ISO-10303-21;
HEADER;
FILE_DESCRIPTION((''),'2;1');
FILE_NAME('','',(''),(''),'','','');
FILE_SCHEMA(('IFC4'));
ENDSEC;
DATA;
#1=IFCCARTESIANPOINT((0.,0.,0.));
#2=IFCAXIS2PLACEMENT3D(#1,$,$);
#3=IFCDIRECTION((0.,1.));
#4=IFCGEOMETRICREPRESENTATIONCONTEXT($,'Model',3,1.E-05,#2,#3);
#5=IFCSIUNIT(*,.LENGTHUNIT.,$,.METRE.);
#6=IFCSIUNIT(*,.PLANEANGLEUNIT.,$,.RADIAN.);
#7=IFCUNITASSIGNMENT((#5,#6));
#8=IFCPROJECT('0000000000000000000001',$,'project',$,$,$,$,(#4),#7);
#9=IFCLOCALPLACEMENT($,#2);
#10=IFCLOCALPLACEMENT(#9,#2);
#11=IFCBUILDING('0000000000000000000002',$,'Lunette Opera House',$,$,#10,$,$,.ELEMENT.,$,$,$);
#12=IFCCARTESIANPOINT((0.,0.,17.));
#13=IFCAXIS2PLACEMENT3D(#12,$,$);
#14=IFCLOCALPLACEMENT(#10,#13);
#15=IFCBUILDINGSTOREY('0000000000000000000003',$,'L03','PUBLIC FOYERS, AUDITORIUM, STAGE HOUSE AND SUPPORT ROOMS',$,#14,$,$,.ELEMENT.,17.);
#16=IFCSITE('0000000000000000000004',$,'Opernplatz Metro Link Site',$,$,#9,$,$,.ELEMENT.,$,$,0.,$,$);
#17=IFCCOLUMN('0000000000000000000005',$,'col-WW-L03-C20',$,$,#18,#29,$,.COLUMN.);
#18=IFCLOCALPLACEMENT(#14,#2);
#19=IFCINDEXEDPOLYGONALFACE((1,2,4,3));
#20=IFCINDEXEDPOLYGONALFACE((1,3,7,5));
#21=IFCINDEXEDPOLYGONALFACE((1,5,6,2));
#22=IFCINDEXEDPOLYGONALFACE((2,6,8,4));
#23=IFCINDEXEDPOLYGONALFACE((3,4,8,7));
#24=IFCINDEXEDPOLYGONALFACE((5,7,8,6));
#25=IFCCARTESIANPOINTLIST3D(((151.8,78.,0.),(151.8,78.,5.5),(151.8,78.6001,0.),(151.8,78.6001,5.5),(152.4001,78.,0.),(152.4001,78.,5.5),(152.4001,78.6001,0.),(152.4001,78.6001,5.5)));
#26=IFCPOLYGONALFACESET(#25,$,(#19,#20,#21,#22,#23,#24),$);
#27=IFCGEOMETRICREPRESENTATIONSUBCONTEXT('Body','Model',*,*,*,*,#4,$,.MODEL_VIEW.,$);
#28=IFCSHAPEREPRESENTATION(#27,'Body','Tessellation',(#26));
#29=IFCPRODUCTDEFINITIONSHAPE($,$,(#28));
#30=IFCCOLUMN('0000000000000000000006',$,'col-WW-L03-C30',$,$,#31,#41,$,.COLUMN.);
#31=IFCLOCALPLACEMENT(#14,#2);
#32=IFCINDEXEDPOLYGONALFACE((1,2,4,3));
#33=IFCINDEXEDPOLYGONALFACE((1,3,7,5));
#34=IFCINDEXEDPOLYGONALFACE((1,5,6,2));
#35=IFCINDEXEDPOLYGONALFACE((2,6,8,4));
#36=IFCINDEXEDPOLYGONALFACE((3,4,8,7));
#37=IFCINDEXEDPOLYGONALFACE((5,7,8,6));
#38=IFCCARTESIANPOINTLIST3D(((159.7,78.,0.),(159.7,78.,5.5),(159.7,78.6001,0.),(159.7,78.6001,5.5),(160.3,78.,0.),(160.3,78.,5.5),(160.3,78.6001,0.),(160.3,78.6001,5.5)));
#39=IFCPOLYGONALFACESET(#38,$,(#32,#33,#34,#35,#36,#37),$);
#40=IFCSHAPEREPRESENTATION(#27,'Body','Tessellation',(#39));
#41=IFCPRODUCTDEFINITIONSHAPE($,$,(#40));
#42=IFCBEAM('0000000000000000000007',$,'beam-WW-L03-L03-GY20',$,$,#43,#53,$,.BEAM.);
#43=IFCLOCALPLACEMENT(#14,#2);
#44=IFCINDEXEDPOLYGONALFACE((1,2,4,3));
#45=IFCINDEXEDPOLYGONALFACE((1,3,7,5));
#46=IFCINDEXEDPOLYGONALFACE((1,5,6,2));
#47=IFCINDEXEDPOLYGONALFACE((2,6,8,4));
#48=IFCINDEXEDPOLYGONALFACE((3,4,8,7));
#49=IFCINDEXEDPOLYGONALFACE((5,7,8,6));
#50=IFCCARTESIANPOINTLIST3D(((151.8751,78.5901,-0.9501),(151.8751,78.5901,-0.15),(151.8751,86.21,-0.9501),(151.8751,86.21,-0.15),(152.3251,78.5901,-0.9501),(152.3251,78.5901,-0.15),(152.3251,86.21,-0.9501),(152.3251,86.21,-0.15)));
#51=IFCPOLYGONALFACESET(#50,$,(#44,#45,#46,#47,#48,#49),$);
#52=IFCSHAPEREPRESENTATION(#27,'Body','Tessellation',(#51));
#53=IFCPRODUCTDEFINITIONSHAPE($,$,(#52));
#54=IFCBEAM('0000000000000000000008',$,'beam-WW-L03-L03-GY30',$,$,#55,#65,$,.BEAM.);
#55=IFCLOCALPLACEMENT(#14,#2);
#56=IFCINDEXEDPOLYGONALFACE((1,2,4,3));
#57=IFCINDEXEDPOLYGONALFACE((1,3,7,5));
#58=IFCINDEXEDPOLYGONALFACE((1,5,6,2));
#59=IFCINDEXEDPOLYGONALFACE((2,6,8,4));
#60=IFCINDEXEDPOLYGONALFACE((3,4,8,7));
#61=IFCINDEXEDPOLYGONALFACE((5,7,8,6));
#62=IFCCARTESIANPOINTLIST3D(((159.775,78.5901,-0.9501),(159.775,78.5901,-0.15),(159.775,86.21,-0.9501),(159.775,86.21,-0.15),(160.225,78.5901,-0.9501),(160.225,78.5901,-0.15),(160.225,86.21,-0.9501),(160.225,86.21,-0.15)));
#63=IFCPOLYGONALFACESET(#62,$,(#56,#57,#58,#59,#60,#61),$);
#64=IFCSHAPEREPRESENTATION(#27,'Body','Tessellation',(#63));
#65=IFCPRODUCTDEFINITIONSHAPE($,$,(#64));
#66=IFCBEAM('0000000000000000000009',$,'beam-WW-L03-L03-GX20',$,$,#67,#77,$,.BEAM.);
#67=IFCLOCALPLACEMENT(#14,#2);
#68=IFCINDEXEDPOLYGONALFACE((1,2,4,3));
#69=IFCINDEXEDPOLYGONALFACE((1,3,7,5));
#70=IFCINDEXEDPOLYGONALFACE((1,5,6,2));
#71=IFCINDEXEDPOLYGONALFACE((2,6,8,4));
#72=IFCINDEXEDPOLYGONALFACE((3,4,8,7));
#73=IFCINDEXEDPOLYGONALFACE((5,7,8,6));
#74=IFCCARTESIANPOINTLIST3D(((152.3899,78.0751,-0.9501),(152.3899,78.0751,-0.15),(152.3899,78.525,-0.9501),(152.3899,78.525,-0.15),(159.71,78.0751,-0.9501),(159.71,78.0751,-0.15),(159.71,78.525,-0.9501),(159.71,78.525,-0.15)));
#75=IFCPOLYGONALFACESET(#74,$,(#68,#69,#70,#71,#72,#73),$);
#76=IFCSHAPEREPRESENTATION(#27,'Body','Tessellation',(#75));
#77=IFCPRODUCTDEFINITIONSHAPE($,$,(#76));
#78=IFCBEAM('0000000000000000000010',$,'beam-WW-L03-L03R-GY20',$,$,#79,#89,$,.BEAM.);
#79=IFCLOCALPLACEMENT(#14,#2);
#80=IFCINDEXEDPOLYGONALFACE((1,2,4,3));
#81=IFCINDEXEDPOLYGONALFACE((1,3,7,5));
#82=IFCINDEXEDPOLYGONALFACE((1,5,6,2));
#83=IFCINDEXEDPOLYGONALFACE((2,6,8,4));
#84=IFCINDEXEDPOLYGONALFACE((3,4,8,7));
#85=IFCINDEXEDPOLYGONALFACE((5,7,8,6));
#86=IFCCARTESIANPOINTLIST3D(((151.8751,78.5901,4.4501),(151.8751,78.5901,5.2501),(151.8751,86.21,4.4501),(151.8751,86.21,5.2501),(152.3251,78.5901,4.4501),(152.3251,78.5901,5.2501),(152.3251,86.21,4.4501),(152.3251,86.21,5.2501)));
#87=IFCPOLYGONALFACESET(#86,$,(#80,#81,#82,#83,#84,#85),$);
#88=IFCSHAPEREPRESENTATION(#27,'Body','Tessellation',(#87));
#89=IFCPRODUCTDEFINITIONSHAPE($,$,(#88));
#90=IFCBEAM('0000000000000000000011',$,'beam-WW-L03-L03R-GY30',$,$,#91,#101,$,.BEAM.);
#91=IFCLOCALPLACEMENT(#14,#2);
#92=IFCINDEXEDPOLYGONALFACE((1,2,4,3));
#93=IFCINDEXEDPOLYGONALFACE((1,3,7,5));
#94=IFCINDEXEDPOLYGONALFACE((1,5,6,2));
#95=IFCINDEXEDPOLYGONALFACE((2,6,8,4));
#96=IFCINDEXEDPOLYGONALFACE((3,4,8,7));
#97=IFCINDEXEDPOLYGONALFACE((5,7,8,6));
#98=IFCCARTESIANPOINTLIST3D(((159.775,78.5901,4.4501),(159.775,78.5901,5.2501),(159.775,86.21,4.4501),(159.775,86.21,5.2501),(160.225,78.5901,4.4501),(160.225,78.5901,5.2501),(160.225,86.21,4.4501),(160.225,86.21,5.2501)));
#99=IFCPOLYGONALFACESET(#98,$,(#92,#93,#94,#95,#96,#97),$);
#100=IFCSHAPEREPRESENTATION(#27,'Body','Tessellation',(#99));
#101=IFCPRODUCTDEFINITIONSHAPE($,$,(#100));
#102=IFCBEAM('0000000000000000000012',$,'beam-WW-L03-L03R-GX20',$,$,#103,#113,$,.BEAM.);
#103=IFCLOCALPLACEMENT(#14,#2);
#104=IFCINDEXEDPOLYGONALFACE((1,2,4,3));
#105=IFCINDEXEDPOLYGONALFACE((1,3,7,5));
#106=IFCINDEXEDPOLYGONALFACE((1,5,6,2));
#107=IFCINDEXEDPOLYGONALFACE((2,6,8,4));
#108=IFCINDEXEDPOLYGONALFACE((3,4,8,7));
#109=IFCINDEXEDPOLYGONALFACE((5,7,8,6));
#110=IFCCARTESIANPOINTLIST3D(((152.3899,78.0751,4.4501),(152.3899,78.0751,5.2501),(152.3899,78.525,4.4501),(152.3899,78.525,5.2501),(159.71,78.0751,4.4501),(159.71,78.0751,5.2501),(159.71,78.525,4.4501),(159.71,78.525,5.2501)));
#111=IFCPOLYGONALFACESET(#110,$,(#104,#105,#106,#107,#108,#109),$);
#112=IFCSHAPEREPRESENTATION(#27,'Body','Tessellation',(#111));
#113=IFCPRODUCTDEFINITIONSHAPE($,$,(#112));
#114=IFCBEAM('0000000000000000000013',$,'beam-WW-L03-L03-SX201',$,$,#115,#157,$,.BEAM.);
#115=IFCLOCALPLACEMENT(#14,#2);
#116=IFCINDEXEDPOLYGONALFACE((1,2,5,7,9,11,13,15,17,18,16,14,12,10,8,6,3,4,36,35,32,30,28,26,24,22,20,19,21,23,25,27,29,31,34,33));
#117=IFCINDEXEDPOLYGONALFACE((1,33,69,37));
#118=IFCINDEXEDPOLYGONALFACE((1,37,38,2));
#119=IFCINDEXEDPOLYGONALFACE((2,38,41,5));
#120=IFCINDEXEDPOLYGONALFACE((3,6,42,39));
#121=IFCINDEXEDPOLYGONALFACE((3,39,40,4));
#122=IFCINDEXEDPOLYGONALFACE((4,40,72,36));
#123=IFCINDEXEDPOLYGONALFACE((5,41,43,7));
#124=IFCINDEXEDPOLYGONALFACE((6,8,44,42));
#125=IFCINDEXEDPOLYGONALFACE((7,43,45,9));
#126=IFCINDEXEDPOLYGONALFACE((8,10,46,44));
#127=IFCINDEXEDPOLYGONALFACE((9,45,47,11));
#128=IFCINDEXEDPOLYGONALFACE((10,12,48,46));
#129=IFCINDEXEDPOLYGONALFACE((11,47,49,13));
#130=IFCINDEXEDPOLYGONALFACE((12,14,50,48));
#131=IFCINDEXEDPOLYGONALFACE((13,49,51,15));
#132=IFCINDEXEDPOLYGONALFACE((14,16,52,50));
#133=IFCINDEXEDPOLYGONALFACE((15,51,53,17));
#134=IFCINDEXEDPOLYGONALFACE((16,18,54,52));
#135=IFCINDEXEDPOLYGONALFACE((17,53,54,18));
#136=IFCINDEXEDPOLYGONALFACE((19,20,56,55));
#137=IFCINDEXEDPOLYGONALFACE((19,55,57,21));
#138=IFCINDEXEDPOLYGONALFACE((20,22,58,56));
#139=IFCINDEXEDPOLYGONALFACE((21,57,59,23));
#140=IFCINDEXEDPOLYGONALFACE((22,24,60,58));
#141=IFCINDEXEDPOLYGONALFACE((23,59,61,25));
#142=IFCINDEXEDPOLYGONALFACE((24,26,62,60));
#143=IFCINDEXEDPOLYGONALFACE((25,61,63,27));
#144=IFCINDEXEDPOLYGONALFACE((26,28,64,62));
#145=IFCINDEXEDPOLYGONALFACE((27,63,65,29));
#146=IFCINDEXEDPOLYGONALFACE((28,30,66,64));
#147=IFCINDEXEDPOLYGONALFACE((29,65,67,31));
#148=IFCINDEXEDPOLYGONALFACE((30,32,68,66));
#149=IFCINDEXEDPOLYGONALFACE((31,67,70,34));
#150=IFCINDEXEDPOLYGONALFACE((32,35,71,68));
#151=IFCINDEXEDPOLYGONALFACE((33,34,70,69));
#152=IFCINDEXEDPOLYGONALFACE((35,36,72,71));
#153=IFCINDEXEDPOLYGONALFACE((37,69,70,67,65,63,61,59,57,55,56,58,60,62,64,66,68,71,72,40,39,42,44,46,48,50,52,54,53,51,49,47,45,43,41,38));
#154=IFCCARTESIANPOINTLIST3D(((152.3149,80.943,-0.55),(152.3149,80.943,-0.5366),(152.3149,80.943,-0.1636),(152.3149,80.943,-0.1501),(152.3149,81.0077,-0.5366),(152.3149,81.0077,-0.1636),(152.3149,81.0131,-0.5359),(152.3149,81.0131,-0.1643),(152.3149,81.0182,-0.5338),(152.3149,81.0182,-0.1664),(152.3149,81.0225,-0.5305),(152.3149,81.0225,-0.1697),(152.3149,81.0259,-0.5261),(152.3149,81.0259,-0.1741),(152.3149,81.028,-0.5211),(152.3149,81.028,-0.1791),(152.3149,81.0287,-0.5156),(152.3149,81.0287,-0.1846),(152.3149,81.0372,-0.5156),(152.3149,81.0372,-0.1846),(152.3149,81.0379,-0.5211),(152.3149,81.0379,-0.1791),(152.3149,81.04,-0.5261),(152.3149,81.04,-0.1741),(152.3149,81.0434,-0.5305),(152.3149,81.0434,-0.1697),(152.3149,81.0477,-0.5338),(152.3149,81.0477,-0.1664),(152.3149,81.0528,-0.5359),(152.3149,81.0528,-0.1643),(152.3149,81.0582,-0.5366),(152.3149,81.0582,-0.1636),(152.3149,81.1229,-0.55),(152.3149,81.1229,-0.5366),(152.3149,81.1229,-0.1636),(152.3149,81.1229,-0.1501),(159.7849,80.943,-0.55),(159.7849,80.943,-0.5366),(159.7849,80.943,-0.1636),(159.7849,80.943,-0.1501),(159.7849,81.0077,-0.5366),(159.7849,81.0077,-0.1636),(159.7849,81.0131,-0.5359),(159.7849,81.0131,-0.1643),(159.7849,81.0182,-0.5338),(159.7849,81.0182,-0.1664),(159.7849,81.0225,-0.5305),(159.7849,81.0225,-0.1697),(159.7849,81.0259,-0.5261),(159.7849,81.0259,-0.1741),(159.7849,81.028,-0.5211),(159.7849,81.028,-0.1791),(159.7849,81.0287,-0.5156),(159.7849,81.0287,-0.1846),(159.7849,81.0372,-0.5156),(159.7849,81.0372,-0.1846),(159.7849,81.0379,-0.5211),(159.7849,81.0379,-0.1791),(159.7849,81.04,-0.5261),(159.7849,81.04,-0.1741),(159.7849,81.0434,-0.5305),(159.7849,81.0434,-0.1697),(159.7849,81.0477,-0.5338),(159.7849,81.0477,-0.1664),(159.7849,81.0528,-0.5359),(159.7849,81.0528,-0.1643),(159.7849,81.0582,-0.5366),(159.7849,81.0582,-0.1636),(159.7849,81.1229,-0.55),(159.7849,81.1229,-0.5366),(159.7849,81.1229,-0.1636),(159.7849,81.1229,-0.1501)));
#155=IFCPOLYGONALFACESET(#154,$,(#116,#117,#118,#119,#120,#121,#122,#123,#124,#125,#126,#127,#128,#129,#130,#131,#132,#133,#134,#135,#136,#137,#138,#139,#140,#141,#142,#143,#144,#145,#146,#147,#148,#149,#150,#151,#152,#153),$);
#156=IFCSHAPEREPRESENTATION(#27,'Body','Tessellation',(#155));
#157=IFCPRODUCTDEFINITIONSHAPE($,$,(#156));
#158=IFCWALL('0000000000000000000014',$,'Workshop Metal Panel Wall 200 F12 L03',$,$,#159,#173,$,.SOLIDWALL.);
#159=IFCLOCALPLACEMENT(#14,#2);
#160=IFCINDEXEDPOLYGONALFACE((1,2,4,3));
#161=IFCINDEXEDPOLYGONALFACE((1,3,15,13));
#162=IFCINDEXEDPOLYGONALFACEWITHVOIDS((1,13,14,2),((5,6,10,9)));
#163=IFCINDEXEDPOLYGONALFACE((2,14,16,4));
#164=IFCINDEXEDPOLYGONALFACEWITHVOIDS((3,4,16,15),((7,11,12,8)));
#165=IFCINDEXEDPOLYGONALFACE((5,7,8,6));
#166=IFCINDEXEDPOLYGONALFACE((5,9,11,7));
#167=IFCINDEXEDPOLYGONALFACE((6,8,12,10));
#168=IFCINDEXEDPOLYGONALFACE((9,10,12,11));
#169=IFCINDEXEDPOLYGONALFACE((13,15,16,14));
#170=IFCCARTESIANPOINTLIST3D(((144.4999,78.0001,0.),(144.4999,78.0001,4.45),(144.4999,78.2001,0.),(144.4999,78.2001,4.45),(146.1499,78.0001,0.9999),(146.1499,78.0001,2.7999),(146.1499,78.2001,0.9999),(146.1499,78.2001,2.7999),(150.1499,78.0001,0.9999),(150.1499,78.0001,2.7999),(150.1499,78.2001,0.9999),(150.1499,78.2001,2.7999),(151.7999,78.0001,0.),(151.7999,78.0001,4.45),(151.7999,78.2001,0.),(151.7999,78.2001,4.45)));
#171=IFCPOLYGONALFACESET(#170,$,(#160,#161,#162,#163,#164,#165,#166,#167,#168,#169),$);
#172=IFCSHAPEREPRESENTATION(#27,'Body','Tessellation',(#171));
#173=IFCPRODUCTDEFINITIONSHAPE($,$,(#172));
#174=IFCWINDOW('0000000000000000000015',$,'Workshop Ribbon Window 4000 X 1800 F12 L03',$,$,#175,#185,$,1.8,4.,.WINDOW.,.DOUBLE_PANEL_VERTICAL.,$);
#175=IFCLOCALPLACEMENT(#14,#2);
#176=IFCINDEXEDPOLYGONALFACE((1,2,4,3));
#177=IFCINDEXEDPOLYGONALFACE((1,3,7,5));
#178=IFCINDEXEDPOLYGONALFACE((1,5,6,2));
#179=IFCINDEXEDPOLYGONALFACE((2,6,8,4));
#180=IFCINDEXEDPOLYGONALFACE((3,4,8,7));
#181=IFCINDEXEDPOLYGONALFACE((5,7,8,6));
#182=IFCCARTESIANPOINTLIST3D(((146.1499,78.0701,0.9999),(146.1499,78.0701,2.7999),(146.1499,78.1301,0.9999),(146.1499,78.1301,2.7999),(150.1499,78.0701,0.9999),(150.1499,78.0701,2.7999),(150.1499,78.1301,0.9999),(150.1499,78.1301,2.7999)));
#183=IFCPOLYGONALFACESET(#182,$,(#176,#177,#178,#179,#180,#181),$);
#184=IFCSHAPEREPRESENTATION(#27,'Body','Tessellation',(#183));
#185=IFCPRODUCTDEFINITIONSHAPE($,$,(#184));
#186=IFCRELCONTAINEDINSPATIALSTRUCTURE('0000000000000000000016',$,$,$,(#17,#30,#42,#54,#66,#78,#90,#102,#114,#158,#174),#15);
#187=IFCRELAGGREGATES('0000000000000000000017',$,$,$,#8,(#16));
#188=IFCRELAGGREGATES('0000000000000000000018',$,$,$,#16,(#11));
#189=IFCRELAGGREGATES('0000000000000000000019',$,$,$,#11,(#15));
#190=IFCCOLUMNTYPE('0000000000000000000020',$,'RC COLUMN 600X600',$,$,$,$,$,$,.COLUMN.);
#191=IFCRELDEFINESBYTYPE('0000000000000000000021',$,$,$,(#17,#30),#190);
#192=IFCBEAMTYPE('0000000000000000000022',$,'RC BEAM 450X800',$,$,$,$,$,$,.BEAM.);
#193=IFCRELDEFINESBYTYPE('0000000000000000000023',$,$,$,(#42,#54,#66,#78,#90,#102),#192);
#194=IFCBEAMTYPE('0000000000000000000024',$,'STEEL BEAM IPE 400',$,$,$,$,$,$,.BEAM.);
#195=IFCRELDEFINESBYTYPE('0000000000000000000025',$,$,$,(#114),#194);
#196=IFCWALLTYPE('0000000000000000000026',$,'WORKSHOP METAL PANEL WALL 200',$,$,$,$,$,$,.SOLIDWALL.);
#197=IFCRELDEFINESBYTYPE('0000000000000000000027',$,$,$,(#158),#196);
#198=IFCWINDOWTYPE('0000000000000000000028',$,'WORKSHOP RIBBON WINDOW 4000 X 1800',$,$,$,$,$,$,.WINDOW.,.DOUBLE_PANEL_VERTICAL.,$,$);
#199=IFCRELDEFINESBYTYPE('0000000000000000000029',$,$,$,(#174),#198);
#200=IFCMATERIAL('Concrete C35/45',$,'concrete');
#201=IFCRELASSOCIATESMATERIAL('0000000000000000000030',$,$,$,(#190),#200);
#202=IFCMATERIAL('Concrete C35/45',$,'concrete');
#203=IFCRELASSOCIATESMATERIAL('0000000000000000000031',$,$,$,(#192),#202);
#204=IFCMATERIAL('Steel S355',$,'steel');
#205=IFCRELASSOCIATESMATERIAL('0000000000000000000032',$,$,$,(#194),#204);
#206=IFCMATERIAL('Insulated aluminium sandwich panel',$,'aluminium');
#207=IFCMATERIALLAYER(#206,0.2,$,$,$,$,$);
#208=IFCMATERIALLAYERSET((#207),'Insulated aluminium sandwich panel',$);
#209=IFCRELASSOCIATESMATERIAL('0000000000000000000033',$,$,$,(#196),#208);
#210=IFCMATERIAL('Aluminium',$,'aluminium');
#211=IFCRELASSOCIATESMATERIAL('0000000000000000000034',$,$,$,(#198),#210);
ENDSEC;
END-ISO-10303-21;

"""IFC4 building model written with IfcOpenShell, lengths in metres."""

from ifc_helpers import new_model, si_unit, direction, frame, frame_2d, origin, origin_2d, place, context, subcontext, project, spatial, rectangle, i_section, extrude, material, layer, layer_set, material_profile, profile_set, type_object, element, fill, save


model = new_model("IFC4")

# Units and contexts
model_context = context("Model", 3, precision=1e-05, world=origin(), true_north=direction((0.0, 1.0)))
body_context = subcontext(model_context, "Body", "Model", "MODEL_VIEW")
ifc_project = project(units=[si_unit("LENGTHUNIT", "METRE"), si_unit("PLANEANGLEUNIT", "RADIAN")], contexts=[model_context])

# Site, building, storey
site_placement = place(None, origin())
site = spatial("IfcSite", under=ifc_project, at=site_placement, Name="Opernplatz Metro Link Site", CompositionType="ELEMENT", RefElevation=0.0)
building_placement = place(site_placement, origin())
building = spatial("IfcBuilding", under=site, at=building_placement, Name="Lunette Opera House", CompositionType="ELEMENT")
storey_placement = place(building_placement, frame((0.0, 0.0, 17.0)))
storey = spatial("IfcBuildingStorey", under=building, at=storey_placement, Name="L03", Description="PUBLIC FOYERS, AUDITORIUM, STAGE HOUSE AND SUPPORT ROOMS", CompositionType="ELEMENT", Elevation=17.0)

# Columns
ifc_material_1 = material(Name="Concrete C35/45", Category="concrete")
ifc_material_profile_1 = material_profile(ifc_material_1, rectangle(XDim=0.6001, YDim=0.6001, at=origin_2d()), Name="RC COLUMN 600X600")
ifc_profile_set_1 = profile_set([ifc_material_profile_1], Name="Concrete C35/45")
column_type = type_object("IfcColumnType", Name="RC COLUMN 600X600", PredefinedType="COLUMN", material=ifc_profile_set_1)
for number, where, z_axis, x_axis, name in (
    (1, (152.1001, 78.3, 0.0), (0.0, 0.0, 1.0), (1.0, 0.0, 0.0), "col-WW-L03-C20"),
    (2, (160.0, 78.3, 0.0), (0.0, 0.0, 1.0), (1.0, 0.0, 0.0), "col-WW-L03-C30"),
):
    element("IfcColumn", number, at=place(storey_placement, frame(where, z_axis=z_axis, x_axis=x_axis)), inside=storey, type_object=column_type, Name=name, PredefinedType="COLUMN", context=body_context, shape_type="SweptSolid", body=[
        extrude(rectangle(XDim=0.6001, YDim=0.6001, at=origin_2d()), origin(), (0.0, 0.0, 1.0), 5.5),
    ])

# Beams
ifc_material_2 = material(Name="Concrete C35/45", Category="concrete")
ifc_material_profile_2 = material_profile(ifc_material_2, rectangle(XDim=0.45, YDim=0.8, at=origin_2d()), Name="RC BEAM 450X800")
ifc_profile_set_2 = profile_set([ifc_material_profile_2], Name="Concrete C35/45")
beam_type_1 = type_object("IfcBeamType", Name="RC BEAM 450X800", PredefinedType="BEAM", material=ifc_profile_set_2)
for number, where, z_axis, x_axis, name in (
    (3, (152.1001, 78.5901, -0.55), (0.0, 1.0, 0.0), (-1.0, 0.0, 0.0), "beam-WW-L03-L03-GY20"),
    (4, (160.0, 78.5901, -0.55), (0.0, 1.0, 0.0), (-1.0, 0.0, 0.0), "beam-WW-L03-L03-GY30"),
):
    element("IfcBeam", number, at=place(storey_placement, frame(where, z_axis=z_axis, x_axis=x_axis)), inside=storey, type_object=beam_type_1, Name=name, PredefinedType="BEAM", context=body_context, shape_type="SweptSolid", body=[
        extrude(rectangle(XDim=0.45, YDim=0.8, at=origin_2d()), origin(), (0.0, 0.0, 1.0), 7.6199),
    ])
beam_1_placement = place(storey_placement, frame((152.3899, 78.3, -0.55), z_axis=(1.0, 0.0, 0.0), x_axis=(0.0, 1.0, 0.0)))
element("IfcBeam", 5, at=beam_1_placement, inside=storey, type_object=beam_type_1, Name="beam-WW-L03-L03-GX20", PredefinedType="BEAM", context=body_context, shape_type="SweptSolid", body=[
    extrude(rectangle(XDim=0.45, YDim=0.8, at=origin_2d()), origin(), (0.0, 0.0, 1.0), 7.3201),
])
for number, where, z_axis, x_axis, name in (
    (6, (152.1001, 78.5901, 4.8501), (0.0, 1.0, 0.0), (-1.0, 0.0, 0.0), "beam-WW-L03-L03R-GY20"),
    (7, (160.0, 78.5901, 4.8501), (0.0, 1.0, 0.0), (-1.0, 0.0, 0.0), "beam-WW-L03-L03R-GY30"),
):
    element("IfcBeam", number, at=place(storey_placement, frame(where, z_axis=z_axis, x_axis=x_axis)), inside=storey, type_object=beam_type_1, Name=name, PredefinedType="BEAM", context=body_context, shape_type="SweptSolid", body=[
        extrude(rectangle(XDim=0.45, YDim=0.8, at=origin_2d()), origin(), (0.0, 0.0, 1.0), 7.6199),
    ])
beam_2_placement = place(storey_placement, frame((152.3899, 78.3, 4.8501), z_axis=(1.0, 0.0, 0.0), x_axis=(0.0, 1.0, 0.0)))
element("IfcBeam", 8, at=beam_2_placement, inside=storey, type_object=beam_type_1, Name="beam-WW-L03-L03R-GX20", PredefinedType="BEAM", context=body_context, shape_type="SweptSolid", body=[
    extrude(rectangle(XDim=0.45, YDim=0.8, at=origin_2d()), origin(), (0.0, 0.0, 1.0), 7.3201),
])
ifc_material_3 = material(Name="Steel S355", Category="steel")
ifc_material_profile_3 = material_profile(ifc_material_3, i_section(OverallWidth=0.1799, OverallDepth=0.3999, WebThickness=0.0085, FlangeThickness=0.0134, FilletRadius=0.021, at=origin_2d()), Name="IPE 400")
ifc_profile_set_3 = profile_set([ifc_material_profile_3], Name="Steel S355")
beam_type_2 = type_object("IfcBeamType", Name="STEEL BEAM IPE 400", PredefinedType="BEAM", material=ifc_profile_set_3)
beam_3_placement = place(storey_placement, frame((152.3149, 81.033, -0.3501), z_axis=(1.0, 0.0, 0.0), x_axis=(0.0, 1.0, 0.0)))
element("IfcBeam", 9, at=beam_3_placement, inside=storey, type_object=beam_type_2, Name="beam-WW-L03-L03-SX201", PredefinedType="BEAM", context=body_context, shape_type="SweptSolid", body=[
    extrude(i_section(OverallWidth=0.1799, OverallDepth=0.3999, WebThickness=0.0085, FlangeThickness=0.0134, FilletRadius=0.021, at=origin_2d()), origin(), (0.0, 0.0, 1.0), 7.47),
])

# Wall, opening, window
ifc_material_4 = material(Name="Insulated aluminium sandwich panel", Category="aluminium")
ifc_layer_1 = layer(ifc_material_4, 0.2)
ifc_layer_set_1 = layer_set([ifc_layer_1], Name="Insulated aluminium sandwich panel")
wall_type = type_object("IfcWallType", Name="WORKSHOP METAL PANEL WALL 200", PredefinedType="SOLIDWALL", material=ifc_layer_set_1)
wall_1_placement = place(storey_placement, frame((144.5, 78.1001, 0.0), z_axis=(0.0, 0.0, 1.0), x_axis=(1.0, 0.0, 0.0)))
wall_1 = element("IfcWall", 10, at=wall_1_placement, inside=storey, type_object=wall_type, Name="Workshop Metal Panel Wall 200 F12 L03", PredefinedType="SOLIDWALL", context=body_context, shape_type="SweptSolid", body=[
    extrude(rectangle(XDim=7.3, YDim=0.2, at=frame_2d((3.6499, 0.0))), origin(), (0.0, 0.0, 1.0), 4.45),
])
opening_1_placement = place(wall_1_placement, frame((1.6499, 0.0, 1.0)))
opening_1 = element("IfcOpeningElement", 11, at=opening_1_placement, cuts=wall_1, PredefinedType="OPENING", context=body_context, shape_type="SweptSolid", body=[
    extrude(rectangle(XDim=4.0, YDim=1.8, at=frame_2d((2.0, 0.8999))), frame((0.0, 0.1121, 0.0), z_axis=(0.0, -1.0, 0.0), x_axis=(1.0, 0.0, 0.0)), (0.0, 0.0, 1.0), 0.2239),
])
ifc_material_5 = material(Name="Aluminium", Category="aluminium")
window_type = type_object("IfcWindowType", Name="WORKSHOP RIBBON WINDOW 4000 X 1800", PartitioningType="DOUBLE_PANEL_VERTICAL", PredefinedType="WINDOW", material=ifc_material_5)
window_1_placement = place(opening_1_placement, origin())
window_1 = element("IfcWindow", 12, at=window_1_placement, inside=storey, type_object=window_type, Name="Workshop Ribbon Window 4000 X 1800 F12 L03", OverallHeight=1.8, OverallWidth=4.0, PartitioningType="DOUBLE_PANEL_VERTICAL", PredefinedType="WINDOW", context=body_context, shape_type="SweptSolid", body=[
    extrude(rectangle(XDim=4.0, YDim=1.8, at=frame_2d((2.0, 0.8999))), frame((0.0, 0.03, 0.0), z_axis=(0.0, -1.0, 0.0), x_axis=(1.0, 0.0, 0.0)), (0.0, 0.0, 1.0), 0.0601),
])
fill(opening_1, window_1)

save(model, "model.ifc")
